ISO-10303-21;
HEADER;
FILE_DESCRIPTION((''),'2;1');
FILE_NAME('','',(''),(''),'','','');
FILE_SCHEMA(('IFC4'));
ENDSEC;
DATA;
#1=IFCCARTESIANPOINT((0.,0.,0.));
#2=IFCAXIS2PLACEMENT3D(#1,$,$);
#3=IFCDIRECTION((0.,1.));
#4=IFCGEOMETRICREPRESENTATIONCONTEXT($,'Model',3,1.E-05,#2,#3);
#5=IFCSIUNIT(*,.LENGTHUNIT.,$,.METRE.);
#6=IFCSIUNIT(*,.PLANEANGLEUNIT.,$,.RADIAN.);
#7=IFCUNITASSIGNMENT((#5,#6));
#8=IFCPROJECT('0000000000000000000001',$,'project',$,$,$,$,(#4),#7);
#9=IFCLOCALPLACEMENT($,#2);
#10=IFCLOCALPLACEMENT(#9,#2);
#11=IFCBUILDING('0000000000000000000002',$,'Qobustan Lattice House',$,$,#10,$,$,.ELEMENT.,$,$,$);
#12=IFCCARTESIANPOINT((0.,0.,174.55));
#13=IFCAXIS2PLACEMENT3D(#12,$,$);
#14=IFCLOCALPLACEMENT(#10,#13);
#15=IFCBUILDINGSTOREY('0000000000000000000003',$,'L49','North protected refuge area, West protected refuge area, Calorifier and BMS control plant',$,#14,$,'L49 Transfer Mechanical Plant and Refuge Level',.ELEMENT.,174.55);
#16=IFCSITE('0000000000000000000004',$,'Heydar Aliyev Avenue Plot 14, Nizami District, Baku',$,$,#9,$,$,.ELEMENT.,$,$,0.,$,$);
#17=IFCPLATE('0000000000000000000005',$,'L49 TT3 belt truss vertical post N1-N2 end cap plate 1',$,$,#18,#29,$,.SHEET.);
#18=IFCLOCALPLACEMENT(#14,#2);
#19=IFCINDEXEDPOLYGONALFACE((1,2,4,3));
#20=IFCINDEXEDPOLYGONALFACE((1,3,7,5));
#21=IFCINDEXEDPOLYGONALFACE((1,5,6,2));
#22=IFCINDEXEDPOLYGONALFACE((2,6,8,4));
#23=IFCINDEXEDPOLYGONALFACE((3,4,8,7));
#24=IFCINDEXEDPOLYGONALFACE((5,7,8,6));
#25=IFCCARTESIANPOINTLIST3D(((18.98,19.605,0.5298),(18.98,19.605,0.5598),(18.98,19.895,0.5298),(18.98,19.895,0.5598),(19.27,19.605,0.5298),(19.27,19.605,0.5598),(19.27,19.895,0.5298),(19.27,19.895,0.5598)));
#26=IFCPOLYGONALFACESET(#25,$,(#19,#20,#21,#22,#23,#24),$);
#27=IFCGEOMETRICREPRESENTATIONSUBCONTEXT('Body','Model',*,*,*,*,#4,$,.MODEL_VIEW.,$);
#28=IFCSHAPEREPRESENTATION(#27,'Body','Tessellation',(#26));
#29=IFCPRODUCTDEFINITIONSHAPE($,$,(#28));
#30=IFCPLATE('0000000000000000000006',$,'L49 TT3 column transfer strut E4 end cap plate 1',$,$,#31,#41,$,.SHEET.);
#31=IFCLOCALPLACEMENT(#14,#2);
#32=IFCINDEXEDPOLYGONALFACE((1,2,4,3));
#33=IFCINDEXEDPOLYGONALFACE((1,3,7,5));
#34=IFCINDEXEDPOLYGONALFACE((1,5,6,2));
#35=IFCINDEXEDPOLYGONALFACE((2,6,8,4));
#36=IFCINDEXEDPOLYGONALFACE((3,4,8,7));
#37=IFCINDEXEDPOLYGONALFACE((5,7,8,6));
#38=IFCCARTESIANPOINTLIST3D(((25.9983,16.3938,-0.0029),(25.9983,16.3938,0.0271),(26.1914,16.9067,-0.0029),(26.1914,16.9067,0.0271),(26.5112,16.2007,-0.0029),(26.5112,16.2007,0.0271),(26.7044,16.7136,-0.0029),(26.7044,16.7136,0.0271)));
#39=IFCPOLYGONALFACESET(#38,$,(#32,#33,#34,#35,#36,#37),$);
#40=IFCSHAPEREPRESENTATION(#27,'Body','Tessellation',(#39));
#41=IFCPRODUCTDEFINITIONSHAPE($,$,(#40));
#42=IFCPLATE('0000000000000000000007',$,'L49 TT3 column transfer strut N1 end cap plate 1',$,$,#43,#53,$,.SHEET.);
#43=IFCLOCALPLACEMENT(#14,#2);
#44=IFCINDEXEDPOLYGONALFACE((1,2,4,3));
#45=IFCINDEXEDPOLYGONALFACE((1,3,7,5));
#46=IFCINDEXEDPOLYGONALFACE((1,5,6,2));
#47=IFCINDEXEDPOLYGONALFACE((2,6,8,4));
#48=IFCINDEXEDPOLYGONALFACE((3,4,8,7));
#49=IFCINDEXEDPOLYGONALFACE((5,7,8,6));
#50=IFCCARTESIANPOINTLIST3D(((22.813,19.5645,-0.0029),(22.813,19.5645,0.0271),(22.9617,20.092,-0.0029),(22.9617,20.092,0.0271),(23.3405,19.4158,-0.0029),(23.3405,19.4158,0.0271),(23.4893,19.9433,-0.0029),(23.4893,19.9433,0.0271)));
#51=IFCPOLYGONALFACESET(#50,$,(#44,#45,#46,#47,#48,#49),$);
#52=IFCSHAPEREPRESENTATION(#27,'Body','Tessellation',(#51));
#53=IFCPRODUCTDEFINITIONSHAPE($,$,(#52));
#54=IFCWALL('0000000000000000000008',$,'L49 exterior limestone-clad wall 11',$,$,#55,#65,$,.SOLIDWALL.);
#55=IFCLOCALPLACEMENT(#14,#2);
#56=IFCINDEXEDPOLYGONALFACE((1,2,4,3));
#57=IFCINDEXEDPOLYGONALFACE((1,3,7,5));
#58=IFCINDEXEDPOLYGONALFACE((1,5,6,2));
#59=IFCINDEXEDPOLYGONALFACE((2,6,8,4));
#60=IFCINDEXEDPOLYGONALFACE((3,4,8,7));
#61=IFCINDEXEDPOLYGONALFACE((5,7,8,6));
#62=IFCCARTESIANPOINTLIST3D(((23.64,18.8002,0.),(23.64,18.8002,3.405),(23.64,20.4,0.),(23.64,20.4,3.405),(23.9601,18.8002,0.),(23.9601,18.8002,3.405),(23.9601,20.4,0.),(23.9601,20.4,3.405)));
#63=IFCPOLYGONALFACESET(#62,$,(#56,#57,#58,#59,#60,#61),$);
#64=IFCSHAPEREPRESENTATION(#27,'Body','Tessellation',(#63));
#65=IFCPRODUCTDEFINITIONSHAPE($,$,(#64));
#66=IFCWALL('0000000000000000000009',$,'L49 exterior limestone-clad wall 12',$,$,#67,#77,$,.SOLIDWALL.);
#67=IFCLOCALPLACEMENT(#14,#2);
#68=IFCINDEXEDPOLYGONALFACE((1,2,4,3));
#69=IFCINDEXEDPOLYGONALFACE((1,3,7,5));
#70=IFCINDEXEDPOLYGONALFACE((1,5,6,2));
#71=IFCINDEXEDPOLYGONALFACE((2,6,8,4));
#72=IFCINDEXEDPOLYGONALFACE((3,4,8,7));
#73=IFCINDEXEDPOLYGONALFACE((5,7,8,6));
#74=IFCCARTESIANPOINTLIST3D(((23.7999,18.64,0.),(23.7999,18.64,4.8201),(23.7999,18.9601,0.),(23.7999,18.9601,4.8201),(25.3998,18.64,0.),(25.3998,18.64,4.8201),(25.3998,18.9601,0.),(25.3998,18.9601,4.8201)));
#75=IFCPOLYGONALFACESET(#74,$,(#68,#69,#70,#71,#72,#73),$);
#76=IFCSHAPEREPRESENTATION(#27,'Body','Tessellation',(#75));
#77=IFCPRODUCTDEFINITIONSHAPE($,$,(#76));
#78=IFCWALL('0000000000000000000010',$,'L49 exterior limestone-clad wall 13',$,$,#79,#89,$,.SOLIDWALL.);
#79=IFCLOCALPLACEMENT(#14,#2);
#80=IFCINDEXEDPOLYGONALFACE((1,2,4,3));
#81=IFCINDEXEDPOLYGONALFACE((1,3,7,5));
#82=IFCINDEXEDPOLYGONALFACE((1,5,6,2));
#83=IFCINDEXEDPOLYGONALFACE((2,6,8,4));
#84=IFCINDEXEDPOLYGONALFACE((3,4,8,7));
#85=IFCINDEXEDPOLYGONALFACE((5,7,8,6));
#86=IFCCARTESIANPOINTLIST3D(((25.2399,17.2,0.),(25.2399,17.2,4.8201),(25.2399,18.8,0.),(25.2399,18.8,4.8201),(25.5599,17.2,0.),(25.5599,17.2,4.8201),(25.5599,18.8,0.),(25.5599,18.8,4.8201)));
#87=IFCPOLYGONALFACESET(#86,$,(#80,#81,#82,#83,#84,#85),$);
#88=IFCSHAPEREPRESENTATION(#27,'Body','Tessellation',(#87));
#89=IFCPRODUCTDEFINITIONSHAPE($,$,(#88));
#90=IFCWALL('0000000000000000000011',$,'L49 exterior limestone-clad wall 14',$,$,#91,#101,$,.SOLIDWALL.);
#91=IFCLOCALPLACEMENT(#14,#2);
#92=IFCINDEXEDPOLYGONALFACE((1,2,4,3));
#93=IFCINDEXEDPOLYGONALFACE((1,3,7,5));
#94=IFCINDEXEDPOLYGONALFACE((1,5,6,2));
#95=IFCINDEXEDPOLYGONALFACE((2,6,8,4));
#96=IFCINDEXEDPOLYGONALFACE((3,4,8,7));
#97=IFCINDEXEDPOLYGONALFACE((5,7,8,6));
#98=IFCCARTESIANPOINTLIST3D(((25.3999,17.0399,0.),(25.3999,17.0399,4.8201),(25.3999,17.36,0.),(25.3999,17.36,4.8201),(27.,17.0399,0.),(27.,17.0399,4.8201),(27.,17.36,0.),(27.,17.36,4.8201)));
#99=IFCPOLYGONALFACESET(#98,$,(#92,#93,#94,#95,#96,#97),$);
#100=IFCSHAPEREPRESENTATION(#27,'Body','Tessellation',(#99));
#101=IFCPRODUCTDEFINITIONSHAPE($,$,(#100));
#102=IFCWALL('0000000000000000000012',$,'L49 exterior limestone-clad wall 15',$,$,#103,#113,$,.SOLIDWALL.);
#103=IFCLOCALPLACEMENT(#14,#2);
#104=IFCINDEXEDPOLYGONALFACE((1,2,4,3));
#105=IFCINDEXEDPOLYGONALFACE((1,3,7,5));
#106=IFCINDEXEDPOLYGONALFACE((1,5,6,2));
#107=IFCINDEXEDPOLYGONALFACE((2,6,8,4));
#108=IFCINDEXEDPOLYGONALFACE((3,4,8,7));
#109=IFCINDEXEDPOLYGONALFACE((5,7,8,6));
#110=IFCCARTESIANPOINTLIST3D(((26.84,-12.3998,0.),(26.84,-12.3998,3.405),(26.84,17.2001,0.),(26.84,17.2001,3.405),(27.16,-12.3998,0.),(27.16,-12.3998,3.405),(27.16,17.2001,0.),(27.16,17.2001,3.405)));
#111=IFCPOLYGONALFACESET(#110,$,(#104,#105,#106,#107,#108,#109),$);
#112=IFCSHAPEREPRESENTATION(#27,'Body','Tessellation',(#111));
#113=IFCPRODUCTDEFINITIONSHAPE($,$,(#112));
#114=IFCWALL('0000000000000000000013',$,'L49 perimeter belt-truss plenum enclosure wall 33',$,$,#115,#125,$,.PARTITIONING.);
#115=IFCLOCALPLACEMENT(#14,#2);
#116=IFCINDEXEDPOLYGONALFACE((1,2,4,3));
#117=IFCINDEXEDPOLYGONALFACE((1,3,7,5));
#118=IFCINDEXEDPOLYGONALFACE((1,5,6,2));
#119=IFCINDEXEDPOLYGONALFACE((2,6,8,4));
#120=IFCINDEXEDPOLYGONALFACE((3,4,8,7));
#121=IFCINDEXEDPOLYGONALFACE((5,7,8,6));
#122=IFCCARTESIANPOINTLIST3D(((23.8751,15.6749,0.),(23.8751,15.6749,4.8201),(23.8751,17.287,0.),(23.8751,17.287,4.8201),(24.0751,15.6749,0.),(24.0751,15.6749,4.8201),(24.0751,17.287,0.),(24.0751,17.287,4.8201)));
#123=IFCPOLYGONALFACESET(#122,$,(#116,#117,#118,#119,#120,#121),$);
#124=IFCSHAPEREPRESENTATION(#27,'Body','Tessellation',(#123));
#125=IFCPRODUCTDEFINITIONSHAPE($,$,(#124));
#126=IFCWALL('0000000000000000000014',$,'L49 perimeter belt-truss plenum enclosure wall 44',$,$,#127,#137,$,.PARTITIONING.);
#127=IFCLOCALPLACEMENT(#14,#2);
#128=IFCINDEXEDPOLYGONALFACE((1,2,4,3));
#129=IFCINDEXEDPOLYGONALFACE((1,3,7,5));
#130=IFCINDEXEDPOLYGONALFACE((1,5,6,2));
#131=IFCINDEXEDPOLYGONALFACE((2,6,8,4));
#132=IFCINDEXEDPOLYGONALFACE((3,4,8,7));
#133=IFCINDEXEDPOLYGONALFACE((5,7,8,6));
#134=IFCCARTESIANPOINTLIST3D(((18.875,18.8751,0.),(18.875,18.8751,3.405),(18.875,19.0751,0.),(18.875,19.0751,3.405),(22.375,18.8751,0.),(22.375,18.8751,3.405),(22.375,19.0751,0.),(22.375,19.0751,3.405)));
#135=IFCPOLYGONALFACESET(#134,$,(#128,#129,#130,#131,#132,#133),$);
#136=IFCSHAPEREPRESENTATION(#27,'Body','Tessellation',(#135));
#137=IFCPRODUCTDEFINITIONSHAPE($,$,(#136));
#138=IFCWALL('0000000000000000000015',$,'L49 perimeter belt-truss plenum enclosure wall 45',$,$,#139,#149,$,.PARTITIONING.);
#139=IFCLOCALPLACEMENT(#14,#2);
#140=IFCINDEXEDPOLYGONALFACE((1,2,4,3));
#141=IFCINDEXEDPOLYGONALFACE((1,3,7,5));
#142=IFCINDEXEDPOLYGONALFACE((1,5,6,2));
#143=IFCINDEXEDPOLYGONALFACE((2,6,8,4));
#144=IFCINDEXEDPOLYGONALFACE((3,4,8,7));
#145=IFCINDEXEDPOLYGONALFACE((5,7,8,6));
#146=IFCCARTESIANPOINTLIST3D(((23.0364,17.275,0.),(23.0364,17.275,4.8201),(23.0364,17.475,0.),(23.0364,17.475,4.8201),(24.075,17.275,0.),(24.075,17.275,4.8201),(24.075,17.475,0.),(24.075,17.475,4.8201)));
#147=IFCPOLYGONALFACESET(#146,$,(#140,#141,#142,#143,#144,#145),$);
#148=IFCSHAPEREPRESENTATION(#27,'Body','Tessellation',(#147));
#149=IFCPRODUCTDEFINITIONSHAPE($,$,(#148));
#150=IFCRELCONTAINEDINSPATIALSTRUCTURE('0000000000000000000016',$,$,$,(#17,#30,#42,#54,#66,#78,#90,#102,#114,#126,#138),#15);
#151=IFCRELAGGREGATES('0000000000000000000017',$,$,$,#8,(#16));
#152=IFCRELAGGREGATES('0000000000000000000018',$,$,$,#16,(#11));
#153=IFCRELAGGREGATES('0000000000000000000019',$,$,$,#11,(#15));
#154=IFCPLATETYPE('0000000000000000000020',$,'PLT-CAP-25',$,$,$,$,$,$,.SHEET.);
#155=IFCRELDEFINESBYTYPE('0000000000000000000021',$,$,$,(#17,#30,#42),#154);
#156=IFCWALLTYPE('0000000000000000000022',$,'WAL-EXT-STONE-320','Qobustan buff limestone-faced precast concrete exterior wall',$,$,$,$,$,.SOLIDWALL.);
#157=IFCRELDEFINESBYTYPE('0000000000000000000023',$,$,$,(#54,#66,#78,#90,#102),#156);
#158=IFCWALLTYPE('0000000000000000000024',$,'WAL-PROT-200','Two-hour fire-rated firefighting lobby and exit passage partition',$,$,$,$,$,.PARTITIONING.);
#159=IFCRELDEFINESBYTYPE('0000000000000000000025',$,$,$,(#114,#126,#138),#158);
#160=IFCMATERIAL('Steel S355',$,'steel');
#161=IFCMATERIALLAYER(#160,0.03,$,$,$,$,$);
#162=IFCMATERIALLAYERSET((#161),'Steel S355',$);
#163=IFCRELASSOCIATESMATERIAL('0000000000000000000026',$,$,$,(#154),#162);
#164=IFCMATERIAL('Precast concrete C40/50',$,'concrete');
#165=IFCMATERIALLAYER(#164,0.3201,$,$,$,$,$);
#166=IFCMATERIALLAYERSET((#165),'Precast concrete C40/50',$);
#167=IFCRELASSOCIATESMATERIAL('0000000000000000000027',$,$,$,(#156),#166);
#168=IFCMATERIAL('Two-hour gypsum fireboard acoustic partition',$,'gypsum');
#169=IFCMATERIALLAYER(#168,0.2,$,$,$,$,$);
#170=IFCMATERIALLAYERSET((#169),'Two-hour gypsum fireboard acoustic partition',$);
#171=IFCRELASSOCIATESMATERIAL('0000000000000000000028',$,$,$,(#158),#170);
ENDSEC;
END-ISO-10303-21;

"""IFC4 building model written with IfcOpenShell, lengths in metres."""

from ifc_helpers import new_model, si_unit, direction, frame, frame_2d, origin, origin_2d, place, context, subcontext, project, spatial, rectangle, extrude, material, layer, layer_set, type_object, element, save


model = new_model("IFC4")

# Units and contexts
model_context = context("Model", 3, precision=1e-05, world=origin(), true_north=direction((0.0, 1.0)))
body_context = subcontext(model_context, "Body", "Model", "MODEL_VIEW")
ifc_project = project(units=[si_unit("LENGTHUNIT", "METRE"), si_unit("PLANEANGLEUNIT", "RADIAN")], contexts=[model_context])

# Site, building, storey
site_placement = place(None, origin())
site = spatial("IfcSite", under=ifc_project, at=site_placement, Name="Heydar Aliyev Avenue Plot 14, Nizami District, Baku", CompositionType="ELEMENT", RefElevation=0.0)
building_placement = place(site_placement, origin())
building = spatial("IfcBuilding", under=site, at=building_placement, Name="Qobustan Lattice House", CompositionType="ELEMENT")
storey_placement = place(building_placement, frame((0.0, 0.0, 174.55)))
storey = spatial("IfcBuildingStorey", under=building, at=storey_placement, Name="L49", Description="North protected refuge area, West protected refuge area, Calorifier and BMS control plant", LongName="L49 Transfer Mechanical Plant and Refuge Level", CompositionType="ELEMENT", Elevation=174.55)

# Plates
ifc_material_1 = material(Name="Steel S355", Category="steel")
ifc_layer_1 = layer(ifc_material_1, 0.03)
ifc_layer_set_1 = layer_set([ifc_layer_1], Name="Steel S355")
plate_type = type_object("IfcPlateType", Name="PLT-CAP-25", PredefinedType="SHEET", material=ifc_layer_set_1)
plate_1_placement = place(storey_placement, frame((19.125, 19.75, 0.5298), z_axis=(0.0, 0.0, 1.0), x_axis=(1.0, 0.0, 0.0)))
element("IfcPlate", 1, at=plate_1_placement, inside=storey, type_object=plate_type, Name="L49 TT3 belt truss vertical post N1-N2 end cap plate 1", PredefinedType="SHEET", context=body_context, shape_type="SweptSolid", body=[
    extrude(rectangle(XDim=0.29, YDim=0.29, at=origin_2d()), origin(), (0.0, 0.0, 1.0), 0.03),
])
for number, where, z_axis, x_axis, name in (
    (2, (26.3513, 16.5537, -0.0029), (0.0, 0.0, 1.0), (-0.352364, -0.935863, 0.0), "L49 TT3 column transfer strut E4 end cap plate 1"),
    (3, (23.1511, 19.7539, -0.0029), (0.0, 0.0, 1.0), (-0.271356, -0.962479, 0.0), "L49 TT3 column transfer strut N1 end cap plate 1"),
):
    element("IfcPlate", number, at=place(storey_placement, frame(where, z_axis=z_axis, x_axis=x_axis)), inside=storey, type_object=plate_type, Name=name, PredefinedType="SHEET", context=body_context, shape_type="SweptSolid", body=[
        extrude(rectangle(XDim=0.5481, YDim=0.5481, at=origin_2d()), origin(), (0.0, 0.0, 1.0), 0.03),
    ])

# Walls
ifc_material_2 = material(Name="Precast concrete C40/50", Category="concrete")
ifc_layer_2 = layer(ifc_material_2, 0.3201)
ifc_layer_set_2 = layer_set([ifc_layer_2], Name="Precast concrete C40/50")
wall_type_1 = type_object("IfcWallType", Name="WAL-EXT-STONE-320", Description="Qobustan buff limestone-faced precast concrete exterior wall", PredefinedType="SOLIDWALL", material=ifc_layer_set_2)
wall_1_placement = place(storey_placement, frame((23.8, 20.3999, 0.0), z_axis=(0.0, 0.0, 1.0), x_axis=(0.0, -1.0, 0.0)))
element("IfcWall", 4, at=wall_1_placement, inside=storey, type_object=wall_type_1, Name="L49 exterior limestone-clad wall 11", PredefinedType="SOLIDWALL", context=body_context, shape_type="SweptSolid", body=[
    extrude(rectangle(XDim=1.5999, YDim=0.3201, at=frame_2d((0.7998, 0.0))), origin(), (0.0, 0.0, 1.0), 3.405),
])
wall_2_placement = place(storey_placement, frame((23.8, 18.8, 0.0), z_axis=(0.0, 0.0, 1.0), x_axis=(1.0, 0.0, 0.0)))
element("IfcWall", 5, at=wall_2_placement, inside=storey, type_object=wall_type_1, Name="L49 exterior limestone-clad wall 12", PredefinedType="SOLIDWALL", context=body_context, shape_type="SweptSolid", body=[
    extrude(rectangle(XDim=1.5999, YDim=0.3201, at=frame_2d((0.7998, 0.0))), origin(), (0.0, 0.0, 1.0), 4.8201),
])
for number, where, z_axis, x_axis, name in (
    (6, (25.3999, 18.8, 0.0), (0.0, 0.0, 1.0), (0.0, -1.0, 0.0), "L49 exterior limestone-clad wall 13"),
    (7, (25.3999, 17.2, 0.0), (0.0, 0.0, 1.0), (1.0, 0.0, 0.0), "L49 exterior limestone-clad wall 14"),
):
    element("IfcWall", number, at=place(storey_placement, frame(where, z_axis=z_axis, x_axis=x_axis)), inside=storey, type_object=wall_type_1, Name=name, PredefinedType="SOLIDWALL", context=body_context, shape_type="SweptSolid", body=[
        extrude(rectangle(XDim=1.6001, YDim=0.3201, at=frame_2d((0.8, 0.0))), origin(), (0.0, 0.0, 1.0), 4.8201),
    ])
wall_3_placement = place(storey_placement, frame((27.0, 17.2, 0.0), z_axis=(0.0, 0.0, 1.0), x_axis=(0.0, -1.0, 0.0)))
element("IfcWall", 8, at=wall_3_placement, inside=storey, type_object=wall_type_1, Name="L49 exterior limestone-clad wall 15", PredefinedType="SOLIDWALL", context=body_context, shape_type="SweptSolid", body=[
    extrude(rectangle(XDim=29.5999, YDim=0.3201, at=frame_2d((14.7998, 0.0))), origin(), (0.0, 0.0, 1.0), 3.405),
])
ifc_material_3 = material(Name="Two-hour gypsum fireboard acoustic partition", Category="gypsum")
ifc_layer_3 = layer(ifc_material_3, 0.2)
ifc_layer_set_3 = layer_set([ifc_layer_3], Name="Two-hour gypsum fireboard acoustic partition")
wall_type_2 = type_object("IfcWallType", Name="WAL-PROT-200", Description="Two-hour fire-rated firefighting lobby and exit passage partition", PredefinedType="PARTITIONING", material=ifc_layer_set_3)
wall_4_placement = place(storey_placement, frame((23.9751, 17.2871, 0.0), z_axis=(0.0, 0.0, 1.0), x_axis=(0.0, -1.0, 0.0)))
element("IfcWall", 9, at=wall_4_placement, inside=storey, type_object=wall_type_2, Name="L49 perimeter belt-truss plenum enclosure wall 33", PredefinedType="PARTITIONING", context=body_context, shape_type="SweptSolid", body=[
    extrude(rectangle(XDim=1.6121, YDim=0.2, at=frame_2d((0.8062, 0.0))), origin(), (0.0, 0.0, 1.0), 4.8201),
])
wall_5_placement = place(storey_placement, frame((18.875, 18.9751, 0.0), z_axis=(0.0, 0.0, 1.0), x_axis=(1.0, 0.0, 0.0)))
element("IfcWall", 10, at=wall_5_placement, inside=storey, type_object=wall_type_2, Name="L49 perimeter belt-truss plenum enclosure wall 44", PredefinedType="PARTITIONING", context=body_context, shape_type="SweptSolid", body=[
    extrude(rectangle(XDim=3.5, YDim=0.2, at=frame_2d((1.75, 0.0))), origin(), (0.0, 0.0, 1.0), 3.405),
])
wall_6_placement = place(storey_placement, frame((23.0364, 17.375, 0.0), z_axis=(0.0, 0.0, 1.0), x_axis=(1.0, 0.0, 0.0)))
element("IfcWall", 11, at=wall_6_placement, inside=storey, type_object=wall_type_2, Name="L49 perimeter belt-truss plenum enclosure wall 45", PredefinedType="PARTITIONING", context=body_context, shape_type="SweptSolid", body=[
    extrude(rectangle(XDim=1.0386, YDim=0.2, at=frame_2d((0.5193, 0.0))), origin(), (0.0, 0.0, 1.0), 4.8201),
])

save(model, "model.ifc")
